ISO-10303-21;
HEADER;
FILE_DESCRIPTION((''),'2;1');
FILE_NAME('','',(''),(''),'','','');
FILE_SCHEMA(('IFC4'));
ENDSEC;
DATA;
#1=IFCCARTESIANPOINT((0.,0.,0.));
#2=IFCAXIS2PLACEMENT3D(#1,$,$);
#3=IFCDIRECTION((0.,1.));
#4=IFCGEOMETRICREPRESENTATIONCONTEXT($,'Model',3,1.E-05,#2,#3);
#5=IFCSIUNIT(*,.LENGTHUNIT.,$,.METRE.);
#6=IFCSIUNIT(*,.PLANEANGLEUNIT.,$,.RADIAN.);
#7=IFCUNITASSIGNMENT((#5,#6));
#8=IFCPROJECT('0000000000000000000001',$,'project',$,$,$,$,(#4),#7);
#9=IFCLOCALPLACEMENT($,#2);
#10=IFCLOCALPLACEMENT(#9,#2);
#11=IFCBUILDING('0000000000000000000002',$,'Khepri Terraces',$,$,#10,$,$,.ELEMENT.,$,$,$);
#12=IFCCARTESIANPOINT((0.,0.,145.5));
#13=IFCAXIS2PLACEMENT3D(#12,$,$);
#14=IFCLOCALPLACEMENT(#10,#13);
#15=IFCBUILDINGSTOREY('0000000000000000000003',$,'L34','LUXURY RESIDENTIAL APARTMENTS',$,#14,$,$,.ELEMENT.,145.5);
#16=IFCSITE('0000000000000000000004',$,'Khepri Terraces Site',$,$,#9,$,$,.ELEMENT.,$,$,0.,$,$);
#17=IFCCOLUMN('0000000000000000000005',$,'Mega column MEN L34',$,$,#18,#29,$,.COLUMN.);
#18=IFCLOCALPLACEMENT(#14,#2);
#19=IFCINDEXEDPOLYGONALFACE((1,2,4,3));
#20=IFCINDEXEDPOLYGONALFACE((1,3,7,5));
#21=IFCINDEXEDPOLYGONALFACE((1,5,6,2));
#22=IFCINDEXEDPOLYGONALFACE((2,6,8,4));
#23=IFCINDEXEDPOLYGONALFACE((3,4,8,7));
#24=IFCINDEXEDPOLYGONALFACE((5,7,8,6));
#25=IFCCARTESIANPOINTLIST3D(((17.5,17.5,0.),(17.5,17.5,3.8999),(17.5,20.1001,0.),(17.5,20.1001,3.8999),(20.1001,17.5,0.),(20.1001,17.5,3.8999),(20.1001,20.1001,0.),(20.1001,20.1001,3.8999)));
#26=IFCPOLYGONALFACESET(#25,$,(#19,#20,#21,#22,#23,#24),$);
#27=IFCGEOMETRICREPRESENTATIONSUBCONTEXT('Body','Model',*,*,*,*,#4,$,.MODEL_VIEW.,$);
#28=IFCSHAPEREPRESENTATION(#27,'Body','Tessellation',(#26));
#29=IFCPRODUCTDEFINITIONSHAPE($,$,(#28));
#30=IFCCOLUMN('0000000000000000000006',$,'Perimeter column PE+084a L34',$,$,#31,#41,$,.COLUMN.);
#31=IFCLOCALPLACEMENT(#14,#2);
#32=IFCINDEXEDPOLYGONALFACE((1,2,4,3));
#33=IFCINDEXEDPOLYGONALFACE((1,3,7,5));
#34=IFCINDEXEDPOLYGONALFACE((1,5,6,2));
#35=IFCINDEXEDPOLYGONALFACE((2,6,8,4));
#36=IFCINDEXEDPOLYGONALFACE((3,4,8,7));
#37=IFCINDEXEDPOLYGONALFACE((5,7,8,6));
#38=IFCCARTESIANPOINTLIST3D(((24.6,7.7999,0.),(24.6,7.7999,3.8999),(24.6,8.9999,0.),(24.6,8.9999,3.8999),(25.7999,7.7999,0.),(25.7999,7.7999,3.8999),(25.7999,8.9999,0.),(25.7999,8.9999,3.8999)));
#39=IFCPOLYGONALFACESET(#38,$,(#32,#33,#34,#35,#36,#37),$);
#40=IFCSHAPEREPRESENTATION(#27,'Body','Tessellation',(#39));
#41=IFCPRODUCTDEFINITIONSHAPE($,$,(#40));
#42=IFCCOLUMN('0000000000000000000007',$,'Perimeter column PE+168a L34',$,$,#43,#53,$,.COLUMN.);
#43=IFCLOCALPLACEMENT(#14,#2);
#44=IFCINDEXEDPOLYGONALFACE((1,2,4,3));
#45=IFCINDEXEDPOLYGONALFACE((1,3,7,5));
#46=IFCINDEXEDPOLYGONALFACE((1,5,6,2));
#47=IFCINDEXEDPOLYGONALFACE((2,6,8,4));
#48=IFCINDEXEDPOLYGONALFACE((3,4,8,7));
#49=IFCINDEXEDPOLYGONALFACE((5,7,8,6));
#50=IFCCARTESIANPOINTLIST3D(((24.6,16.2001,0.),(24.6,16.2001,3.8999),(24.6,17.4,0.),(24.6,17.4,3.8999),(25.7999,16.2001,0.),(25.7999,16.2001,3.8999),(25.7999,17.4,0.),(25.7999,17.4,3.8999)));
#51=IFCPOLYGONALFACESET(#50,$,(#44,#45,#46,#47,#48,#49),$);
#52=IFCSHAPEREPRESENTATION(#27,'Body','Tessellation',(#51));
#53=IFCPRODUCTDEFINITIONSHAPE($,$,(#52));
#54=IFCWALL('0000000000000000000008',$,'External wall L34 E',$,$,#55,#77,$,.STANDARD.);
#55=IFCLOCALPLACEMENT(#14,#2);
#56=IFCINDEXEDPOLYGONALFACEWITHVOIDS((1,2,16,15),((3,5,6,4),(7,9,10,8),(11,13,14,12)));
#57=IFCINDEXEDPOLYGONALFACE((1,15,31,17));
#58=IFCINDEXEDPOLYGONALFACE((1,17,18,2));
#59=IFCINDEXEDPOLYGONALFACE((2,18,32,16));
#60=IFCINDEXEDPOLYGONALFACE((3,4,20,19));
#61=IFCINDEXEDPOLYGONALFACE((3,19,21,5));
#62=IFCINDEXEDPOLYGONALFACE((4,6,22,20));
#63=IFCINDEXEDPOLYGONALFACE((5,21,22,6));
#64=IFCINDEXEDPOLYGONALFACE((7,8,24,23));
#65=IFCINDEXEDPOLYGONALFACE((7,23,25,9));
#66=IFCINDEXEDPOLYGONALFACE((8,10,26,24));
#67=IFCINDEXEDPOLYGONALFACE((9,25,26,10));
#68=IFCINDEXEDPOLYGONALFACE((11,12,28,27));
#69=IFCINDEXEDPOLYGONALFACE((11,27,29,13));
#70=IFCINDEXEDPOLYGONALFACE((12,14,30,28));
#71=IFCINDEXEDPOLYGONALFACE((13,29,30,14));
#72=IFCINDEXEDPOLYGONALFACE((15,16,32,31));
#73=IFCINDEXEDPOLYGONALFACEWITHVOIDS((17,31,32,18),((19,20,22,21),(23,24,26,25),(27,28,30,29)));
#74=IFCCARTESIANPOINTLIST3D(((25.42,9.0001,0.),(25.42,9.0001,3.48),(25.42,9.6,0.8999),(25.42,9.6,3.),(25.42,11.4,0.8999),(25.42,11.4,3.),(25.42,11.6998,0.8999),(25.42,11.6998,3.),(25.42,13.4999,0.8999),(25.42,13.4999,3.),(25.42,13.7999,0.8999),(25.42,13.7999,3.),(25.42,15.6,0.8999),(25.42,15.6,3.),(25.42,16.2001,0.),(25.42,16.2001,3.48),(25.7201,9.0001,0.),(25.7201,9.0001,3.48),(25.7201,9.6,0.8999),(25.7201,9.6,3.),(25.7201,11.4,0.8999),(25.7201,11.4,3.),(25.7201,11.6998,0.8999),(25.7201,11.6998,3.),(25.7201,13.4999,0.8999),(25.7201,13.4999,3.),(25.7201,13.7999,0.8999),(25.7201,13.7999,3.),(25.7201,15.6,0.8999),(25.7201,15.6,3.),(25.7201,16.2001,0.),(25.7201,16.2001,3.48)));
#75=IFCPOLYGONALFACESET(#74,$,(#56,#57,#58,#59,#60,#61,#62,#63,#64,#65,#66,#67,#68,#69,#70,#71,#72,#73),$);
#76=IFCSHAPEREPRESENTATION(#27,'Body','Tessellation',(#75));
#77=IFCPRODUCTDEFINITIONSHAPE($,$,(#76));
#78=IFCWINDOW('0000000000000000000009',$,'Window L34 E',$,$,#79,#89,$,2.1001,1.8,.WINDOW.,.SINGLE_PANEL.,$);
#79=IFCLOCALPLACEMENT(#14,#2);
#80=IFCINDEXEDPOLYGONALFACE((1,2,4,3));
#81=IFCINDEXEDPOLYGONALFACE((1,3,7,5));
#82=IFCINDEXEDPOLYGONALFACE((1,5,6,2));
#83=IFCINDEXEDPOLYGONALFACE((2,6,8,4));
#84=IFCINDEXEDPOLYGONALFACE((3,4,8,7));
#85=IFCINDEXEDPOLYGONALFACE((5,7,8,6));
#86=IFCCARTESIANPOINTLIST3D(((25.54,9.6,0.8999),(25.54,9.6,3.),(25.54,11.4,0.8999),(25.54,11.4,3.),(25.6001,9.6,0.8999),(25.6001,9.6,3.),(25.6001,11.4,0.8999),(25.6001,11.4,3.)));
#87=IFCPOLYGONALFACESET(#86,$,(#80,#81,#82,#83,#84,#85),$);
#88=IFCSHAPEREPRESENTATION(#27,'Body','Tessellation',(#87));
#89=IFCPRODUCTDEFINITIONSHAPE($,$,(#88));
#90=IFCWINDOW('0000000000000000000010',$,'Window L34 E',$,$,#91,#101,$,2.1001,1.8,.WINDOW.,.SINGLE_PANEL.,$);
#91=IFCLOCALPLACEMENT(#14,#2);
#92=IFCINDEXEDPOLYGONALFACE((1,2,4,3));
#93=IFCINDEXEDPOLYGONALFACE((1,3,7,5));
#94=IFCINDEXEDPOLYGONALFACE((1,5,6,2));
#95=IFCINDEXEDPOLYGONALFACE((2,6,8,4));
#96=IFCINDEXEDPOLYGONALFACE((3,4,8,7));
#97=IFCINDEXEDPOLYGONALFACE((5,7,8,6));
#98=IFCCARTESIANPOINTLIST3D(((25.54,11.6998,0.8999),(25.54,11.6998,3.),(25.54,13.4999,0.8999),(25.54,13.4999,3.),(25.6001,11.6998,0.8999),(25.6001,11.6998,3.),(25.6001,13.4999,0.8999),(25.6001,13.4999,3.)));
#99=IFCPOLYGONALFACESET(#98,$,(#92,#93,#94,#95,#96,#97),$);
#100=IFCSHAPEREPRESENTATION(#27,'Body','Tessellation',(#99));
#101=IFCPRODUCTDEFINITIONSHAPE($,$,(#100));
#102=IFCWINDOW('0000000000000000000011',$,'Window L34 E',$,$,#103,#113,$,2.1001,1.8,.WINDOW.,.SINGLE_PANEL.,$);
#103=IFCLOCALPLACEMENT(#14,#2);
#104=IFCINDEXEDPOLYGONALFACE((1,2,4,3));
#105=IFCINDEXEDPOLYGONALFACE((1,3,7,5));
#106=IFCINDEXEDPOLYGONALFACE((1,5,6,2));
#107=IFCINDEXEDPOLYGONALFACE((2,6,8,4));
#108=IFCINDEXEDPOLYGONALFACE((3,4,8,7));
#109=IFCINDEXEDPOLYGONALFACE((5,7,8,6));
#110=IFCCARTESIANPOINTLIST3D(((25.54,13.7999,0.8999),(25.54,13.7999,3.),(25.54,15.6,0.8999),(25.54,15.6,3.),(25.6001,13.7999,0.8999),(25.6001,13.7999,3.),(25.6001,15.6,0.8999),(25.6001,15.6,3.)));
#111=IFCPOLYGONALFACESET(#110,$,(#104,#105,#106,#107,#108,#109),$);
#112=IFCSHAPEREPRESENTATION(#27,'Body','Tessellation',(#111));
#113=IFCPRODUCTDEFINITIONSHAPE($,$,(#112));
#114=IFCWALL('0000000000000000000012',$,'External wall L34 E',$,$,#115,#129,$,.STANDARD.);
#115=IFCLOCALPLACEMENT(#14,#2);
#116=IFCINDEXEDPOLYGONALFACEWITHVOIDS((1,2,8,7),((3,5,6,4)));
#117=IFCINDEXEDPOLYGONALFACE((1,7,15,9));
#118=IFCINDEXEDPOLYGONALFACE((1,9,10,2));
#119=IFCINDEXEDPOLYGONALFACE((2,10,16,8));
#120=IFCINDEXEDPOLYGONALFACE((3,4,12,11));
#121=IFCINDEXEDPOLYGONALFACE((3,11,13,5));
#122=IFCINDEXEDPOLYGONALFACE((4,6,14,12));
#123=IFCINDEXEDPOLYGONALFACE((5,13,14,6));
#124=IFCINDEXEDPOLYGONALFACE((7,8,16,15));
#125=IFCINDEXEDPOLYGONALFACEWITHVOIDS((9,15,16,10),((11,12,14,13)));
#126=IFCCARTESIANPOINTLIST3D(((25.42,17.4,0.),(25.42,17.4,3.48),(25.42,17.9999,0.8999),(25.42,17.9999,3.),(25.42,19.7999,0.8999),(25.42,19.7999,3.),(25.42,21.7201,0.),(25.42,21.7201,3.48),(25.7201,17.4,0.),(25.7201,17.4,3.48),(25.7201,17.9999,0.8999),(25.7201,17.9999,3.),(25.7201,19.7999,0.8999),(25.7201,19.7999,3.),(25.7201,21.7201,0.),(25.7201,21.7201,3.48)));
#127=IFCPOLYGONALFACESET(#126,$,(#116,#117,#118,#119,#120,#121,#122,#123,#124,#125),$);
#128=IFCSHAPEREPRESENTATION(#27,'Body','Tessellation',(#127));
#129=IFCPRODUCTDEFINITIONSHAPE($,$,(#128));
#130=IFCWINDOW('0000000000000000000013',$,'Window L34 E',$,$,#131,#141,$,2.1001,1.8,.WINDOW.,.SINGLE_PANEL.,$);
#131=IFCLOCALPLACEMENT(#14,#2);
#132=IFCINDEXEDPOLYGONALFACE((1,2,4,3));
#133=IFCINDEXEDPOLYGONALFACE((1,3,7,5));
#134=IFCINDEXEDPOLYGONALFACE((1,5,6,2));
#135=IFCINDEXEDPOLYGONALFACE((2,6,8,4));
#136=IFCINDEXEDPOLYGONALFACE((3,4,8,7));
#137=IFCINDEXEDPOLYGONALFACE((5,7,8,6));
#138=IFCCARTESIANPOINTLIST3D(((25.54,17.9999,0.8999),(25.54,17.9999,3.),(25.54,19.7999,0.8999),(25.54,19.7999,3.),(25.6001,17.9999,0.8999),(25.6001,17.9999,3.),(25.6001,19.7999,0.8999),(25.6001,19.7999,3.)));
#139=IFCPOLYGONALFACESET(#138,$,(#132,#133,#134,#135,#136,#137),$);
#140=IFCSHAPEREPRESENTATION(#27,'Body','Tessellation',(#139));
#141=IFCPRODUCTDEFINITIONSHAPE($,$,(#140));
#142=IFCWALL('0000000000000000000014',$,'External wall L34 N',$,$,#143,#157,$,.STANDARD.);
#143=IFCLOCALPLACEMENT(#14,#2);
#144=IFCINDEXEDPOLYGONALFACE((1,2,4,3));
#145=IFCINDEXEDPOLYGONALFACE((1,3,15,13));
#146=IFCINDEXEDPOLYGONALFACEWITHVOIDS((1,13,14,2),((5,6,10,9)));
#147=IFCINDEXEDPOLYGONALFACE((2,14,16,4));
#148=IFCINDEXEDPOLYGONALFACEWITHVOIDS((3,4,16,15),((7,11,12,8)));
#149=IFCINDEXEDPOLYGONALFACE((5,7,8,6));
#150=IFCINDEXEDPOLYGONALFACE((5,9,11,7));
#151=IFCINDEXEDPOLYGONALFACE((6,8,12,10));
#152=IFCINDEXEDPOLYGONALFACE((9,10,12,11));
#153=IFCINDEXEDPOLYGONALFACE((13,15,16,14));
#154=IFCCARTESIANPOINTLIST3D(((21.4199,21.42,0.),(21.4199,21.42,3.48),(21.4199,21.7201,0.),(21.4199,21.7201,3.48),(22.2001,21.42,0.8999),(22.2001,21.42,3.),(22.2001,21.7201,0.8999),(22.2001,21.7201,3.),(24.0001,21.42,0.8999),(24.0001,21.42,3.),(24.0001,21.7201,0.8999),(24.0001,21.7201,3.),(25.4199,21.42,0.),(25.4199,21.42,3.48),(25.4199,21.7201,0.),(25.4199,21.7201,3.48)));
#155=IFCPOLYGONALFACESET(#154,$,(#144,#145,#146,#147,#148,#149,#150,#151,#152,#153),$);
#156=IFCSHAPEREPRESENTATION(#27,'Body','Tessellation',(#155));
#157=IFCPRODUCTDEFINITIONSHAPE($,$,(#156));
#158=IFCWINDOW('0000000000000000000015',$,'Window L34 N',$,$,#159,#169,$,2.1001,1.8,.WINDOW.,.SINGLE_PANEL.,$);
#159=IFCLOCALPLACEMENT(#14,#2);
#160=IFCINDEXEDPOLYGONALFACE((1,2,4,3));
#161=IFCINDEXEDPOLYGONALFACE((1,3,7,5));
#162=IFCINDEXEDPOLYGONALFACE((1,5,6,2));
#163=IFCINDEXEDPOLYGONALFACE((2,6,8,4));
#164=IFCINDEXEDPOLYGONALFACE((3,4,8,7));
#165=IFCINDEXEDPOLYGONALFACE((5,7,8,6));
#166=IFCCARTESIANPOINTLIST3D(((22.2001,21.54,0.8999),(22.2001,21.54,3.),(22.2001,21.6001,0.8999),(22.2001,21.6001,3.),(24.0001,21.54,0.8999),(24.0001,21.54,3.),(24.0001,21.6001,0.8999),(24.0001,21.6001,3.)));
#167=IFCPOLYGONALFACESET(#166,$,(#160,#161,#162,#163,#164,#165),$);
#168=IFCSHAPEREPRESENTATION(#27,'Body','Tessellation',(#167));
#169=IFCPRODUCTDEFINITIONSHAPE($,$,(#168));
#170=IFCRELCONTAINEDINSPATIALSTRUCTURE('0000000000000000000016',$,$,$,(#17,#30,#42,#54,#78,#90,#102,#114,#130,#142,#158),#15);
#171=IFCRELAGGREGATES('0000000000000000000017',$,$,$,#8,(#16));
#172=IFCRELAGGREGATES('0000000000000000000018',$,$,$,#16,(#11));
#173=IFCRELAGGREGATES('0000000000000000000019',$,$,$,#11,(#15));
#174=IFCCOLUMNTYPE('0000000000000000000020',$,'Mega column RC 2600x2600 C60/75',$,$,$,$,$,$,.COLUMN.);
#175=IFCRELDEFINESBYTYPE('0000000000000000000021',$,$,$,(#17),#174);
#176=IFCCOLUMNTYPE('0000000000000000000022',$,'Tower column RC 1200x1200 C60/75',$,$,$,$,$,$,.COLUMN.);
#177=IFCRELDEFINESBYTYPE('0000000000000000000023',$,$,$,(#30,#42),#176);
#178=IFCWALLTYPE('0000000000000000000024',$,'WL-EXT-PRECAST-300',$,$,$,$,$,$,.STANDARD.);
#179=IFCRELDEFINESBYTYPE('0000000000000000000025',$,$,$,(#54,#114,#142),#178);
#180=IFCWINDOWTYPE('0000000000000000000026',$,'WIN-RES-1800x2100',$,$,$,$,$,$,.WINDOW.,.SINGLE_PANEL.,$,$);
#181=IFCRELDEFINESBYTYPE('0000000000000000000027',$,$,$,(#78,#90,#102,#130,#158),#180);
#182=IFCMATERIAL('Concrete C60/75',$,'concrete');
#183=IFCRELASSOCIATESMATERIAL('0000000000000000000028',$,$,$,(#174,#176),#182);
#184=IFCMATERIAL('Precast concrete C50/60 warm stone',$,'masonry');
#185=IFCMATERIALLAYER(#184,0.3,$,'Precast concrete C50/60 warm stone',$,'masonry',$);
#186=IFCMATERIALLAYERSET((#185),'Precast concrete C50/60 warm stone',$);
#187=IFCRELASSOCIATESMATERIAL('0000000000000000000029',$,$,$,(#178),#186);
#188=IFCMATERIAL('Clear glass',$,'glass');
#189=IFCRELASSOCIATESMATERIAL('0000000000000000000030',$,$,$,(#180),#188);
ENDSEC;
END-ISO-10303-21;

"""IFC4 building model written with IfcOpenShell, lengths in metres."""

from ifc_helpers import new_model, si_unit, direction, frame, frame_2d, origin, origin_2d, place, context, subcontext, project, spatial, rectangle, extrude, material, layer, layer_set, material_profile, profile_set, type_object, element, fill, save


model = new_model("IFC4")

# Units and contexts
model_context = context("Model", 3, precision=1e-05, world=origin(), true_north=direction((0.0, 1.0)))
body_context = subcontext(model_context, "Body", "Model", "MODEL_VIEW")
ifc_project = project(units=[si_unit("LENGTHUNIT", "METRE"), si_unit("PLANEANGLEUNIT", "RADIAN")], contexts=[model_context])

# Site, building, storey
site_placement = place(None, origin())
site = spatial("IfcSite", under=ifc_project, at=site_placement, Name="Khepri Terraces Site", CompositionType="ELEMENT", RefElevation=0.0)
building_placement = place(site_placement, origin())
building = spatial("IfcBuilding", under=site, at=building_placement, Name="Khepri Terraces", CompositionType="ELEMENT")
storey_placement = place(building_placement, frame((0.0, 0.0, 145.5)))
storey = spatial("IfcBuildingStorey", under=building, at=storey_placement, Name="L34", Description="LUXURY RESIDENTIAL APARTMENTS", CompositionType="ELEMENT", Elevation=145.5)

# Columns
ifc_material_1 = material(Name="Concrete C60/75", Category="concrete")
ifc_material_profile_1 = material_profile(ifc_material_1, rectangle(XDim=2.6001, YDim=2.6001, at=origin_2d()), Name="Concrete C60/75", Category="concrete")
ifc_profile_set_1 = profile_set([ifc_material_profile_1], Name="Concrete C60/75")
column_type_1 = type_object("IfcColumnType", Name="Mega column RC 2600x2600 C60/75", PredefinedType="COLUMN", material=ifc_profile_set_1)
column_placement = place(storey_placement, frame((18.8, 18.8, 0.0), z_axis=(0.0, 0.0, 1.0), x_axis=(1.0, 0.0, 0.0)))
element("IfcColumn", 1, at=column_placement, inside=storey, type_object=column_type_1, Name="Mega column MEN L34", PredefinedType="COLUMN", context=body_context, shape_type="SweptSolid", body=[
    extrude(rectangle(XDim=2.6001, YDim=2.6001, at=origin_2d()), origin(), (0.0, 0.0, 1.0), 3.8999),
])
ifc_material_profile_2 = material_profile(ifc_material_1, rectangle(XDim=1.2, YDim=1.2, at=origin_2d()), Name="Concrete C60/75", Category="concrete")
ifc_profile_set_2 = profile_set([ifc_material_profile_2], Name="Concrete C60/75")
column_type_2 = type_object("IfcColumnType", Name="Tower column RC 1200x1200 C60/75", PredefinedType="COLUMN", material=ifc_profile_set_2)
for number, where, z_axis, x_axis, name in (
    (2, (25.2, 8.3999, 0.0), (0.0, 0.0, 1.0), (1.0, 0.0, 0.0), "Perimeter column PE+084a L34"),
    (3, (25.2, 16.8, 0.0), (0.0, 0.0, 1.0), (1.0, 0.0, 0.0), "Perimeter column PE+168a L34"),
):
    element("IfcColumn", number, at=place(storey_placement, frame(where, z_axis=z_axis, x_axis=x_axis)), inside=storey, type_object=column_type_2, Name=name, PredefinedType="COLUMN", context=body_context, shape_type="SweptSolid", body=[
        extrude(rectangle(XDim=1.2, YDim=1.2, at=origin_2d()), origin(), (0.0, 0.0, 1.0), 3.8999),
    ])

# Wall, openings, windows
ifc_material_2 = material(Name="Precast concrete C50/60 warm stone", Category="masonry")
ifc_layer_1 = layer(ifc_material_2, 0.3, Name="Precast concrete C50/60 warm stone", Category="masonry")
ifc_layer_set_1 = layer_set([ifc_layer_1], Name="Precast concrete C50/60 warm stone")
wall_type_1 = type_object("IfcWallType", Name="WL-EXT-PRECAST-300", PredefinedType="STANDARD", material=ifc_layer_set_1)
wall_1_placement = place(storey_placement, frame((25.5701, 9.0, 0.0), z_axis=(0.0, 0.0, 1.0), x_axis=(0.0, 1.0, 0.0)))
wall_1 = element("IfcWall", 4, at=wall_1_placement, inside=storey, type_object=wall_type_1, Name="External wall L34 E", PredefinedType="STANDARD", context=body_context, shape_type="SweptSolid", body=[
    extrude(rectangle(XDim=7.2, YDim=0.3, at=frame_2d((3.6001, 0.0))), origin(), (0.0, 0.0, 1.0), 3.48),
])
opening_1_placement = place(wall_1_placement, frame((0.6001, 0.0, 0.8999)))
opening_1 = element("IfcOpeningElement", 5, at=opening_1_placement, cuts=wall_1, PredefinedType="OPENING", context=body_context, shape_type="SweptSolid", body=[
    extrude(rectangle(XDim=1.8, YDim=2.1001, at=frame_2d((0.8999, 1.05))), frame((0.0, 0.1602, 0.0), z_axis=(0.0, -1.0, 0.0), x_axis=(1.0, 0.0, 0.0)), (0.0, 0.0, 1.0), 0.3201),
])
opening_2_placement = place(wall_1_placement, frame((2.7, 0.0, 0.8999)))
opening_2 = element("IfcOpeningElement", 6, at=opening_2_placement, cuts=wall_1, PredefinedType="OPENING", context=body_context, shape_type="SweptSolid", body=[
    extrude(rectangle(XDim=1.8, YDim=2.1001, at=frame_2d((0.8999, 1.05))), frame((0.0, 0.1602, 0.0), z_axis=(0.0, -1.0, 0.0), x_axis=(1.0, 0.0, 0.0)), (0.0, 0.0, 1.0), 0.3201),
])
opening_3_placement = place(wall_1_placement, frame((4.8, 0.0, 0.8999)))
opening_3 = element("IfcOpeningElement", 7, at=opening_3_placement, cuts=wall_1, PredefinedType="OPENING", context=body_context, shape_type="SweptSolid", body=[
    extrude(rectangle(XDim=1.8, YDim=2.1001, at=frame_2d((0.8999, 1.05))), frame((0.0, 0.1602, 0.0), z_axis=(0.0, -1.0, 0.0), x_axis=(1.0, 0.0, 0.0)), (0.0, 0.0, 1.0), 0.3201),
])
ifc_material_3 = material(Name="Clear glass", Category="glass")
window_type = type_object("IfcWindowType", Name="WIN-RES-1800x2100", PartitioningType="SINGLE_PANEL", PredefinedType="WINDOW", material=ifc_material_3)
window_1_placement = place(opening_1_placement, origin())
window_1 = element("IfcWindow", 8, at=window_1_placement, inside=storey, type_object=window_type, Name="Window L34 E", OverallHeight=2.1001, OverallWidth=1.8, PartitioningType="SINGLE_PANEL", PredefinedType="WINDOW", context=body_context, shape_type="SweptSolid", body=[
    extrude(rectangle(XDim=1.8, YDim=2.1001, at=frame_2d((0.8999, 1.05))), frame((0.0, 0.03, 0.0), z_axis=(0.0, -1.0, 0.0), x_axis=(1.0, 0.0, 0.0)), (0.0, 0.0, 1.0), 0.0601),
])
fill(opening_1, window_1)
window_2_placement = place(opening_2_placement, origin())
window_2 = element("IfcWindow", 9, at=window_2_placement, inside=storey, type_object=window_type, Name="Window L34 E", OverallHeight=2.1001, OverallWidth=1.8, PartitioningType="SINGLE_PANEL", PredefinedType="WINDOW", context=body_context, shape_type="SweptSolid", body=[
    extrude(rectangle(XDim=1.8, YDim=2.1001, at=frame_2d((0.8999, 1.05))), frame((0.0, 0.03, 0.0), z_axis=(0.0, -1.0, 0.0), x_axis=(1.0, 0.0, 0.0)), (0.0, 0.0, 1.0), 0.0601),
])
fill(opening_2, window_2)
window_3_placement = place(opening_3_placement, origin())
window_3 = element("IfcWindow", 10, at=window_3_placement, inside=storey, type_object=window_type, Name="Window L34 E", OverallHeight=2.1001, OverallWidth=1.8, PartitioningType="SINGLE_PANEL", PredefinedType="WINDOW", context=body_context, shape_type="SweptSolid", body=[
    extrude(rectangle(XDim=1.8, YDim=2.1001, at=frame_2d((0.8999, 1.05))), frame((0.0, 0.03, 0.0), z_axis=(0.0, -1.0, 0.0), x_axis=(1.0, 0.0, 0.0)), (0.0, 0.0, 1.0), 0.0601),
])
fill(opening_3, window_3)

# Walls, openings, windows
wall_2_placement = place(storey_placement, frame((25.5701, 17.3999, 0.0), z_axis=(0.0, 0.0, 1.0), x_axis=(0.0, 1.0, 0.0)))
wall_2 = element("IfcWall", 11, at=wall_2_placement, inside=storey, type_object=wall_type_1, Name="External wall L34 E", PredefinedType="STANDARD", context=body_context, shape_type="SweptSolid", body=[
    extrude(rectangle(XDim=4.3201, YDim=0.3, at=frame_2d((2.1602, 0.0))), origin(), (0.0, 0.0, 1.0), 3.48),
])
opening_4_placement = place(wall_2_placement, frame((0.6001, 0.0, 0.8999)))
opening_4 = element("IfcOpeningElement", 12, at=opening_4_placement, cuts=wall_2, PredefinedType="OPENING", context=body_context, shape_type="SweptSolid", body=[
    extrude(rectangle(XDim=1.8, YDim=2.1001, at=frame_2d((0.8999, 1.05))), frame((0.0, 0.1602, 0.0), z_axis=(0.0, -1.0, 0.0), x_axis=(1.0, 0.0, 0.0)), (0.0, 0.0, 1.0), 0.3201),
])
window_4_placement = place(opening_4_placement, origin())
window_4 = element("IfcWindow", 13, at=window_4_placement, inside=storey, type_object=window_type, Name="Window L34 E", OverallHeight=2.1001, OverallWidth=1.8, PartitioningType="SINGLE_PANEL", PredefinedType="WINDOW", context=body_context, shape_type="SweptSolid", body=[
    extrude(rectangle(XDim=1.8, YDim=2.1001, at=frame_2d((0.8999, 1.05))), frame((0.0, 0.03, 0.0), z_axis=(0.0, -1.0, 0.0), x_axis=(1.0, 0.0, 0.0)), (0.0, 0.0, 1.0), 0.0601),
])
fill(opening_4, window_4)
wall_3_placement = place(storey_placement, frame((25.4199, 21.5701, 0.0), z_axis=(0.0, 0.0, 1.0), x_axis=(-1.0, 0.0, 0.0)))
wall_3 = element("IfcWall", 14, at=wall_3_placement, inside=storey, type_object=wall_type_1, Name="External wall L34 N", PredefinedType="STANDARD", context=body_context, shape_type="SweptSolid", body=[
    extrude(rectangle(XDim=4.0, YDim=0.3, at=frame_2d((2.0, 0.0))), origin(), (0.0, 0.0, 1.0), 3.48),
])
opening_5_placement = place(wall_3_placement, frame((1.4199, 0.0, 0.8999)))
opening_5 = element("IfcOpeningElement", 15, at=opening_5_placement, cuts=wall_3, PredefinedType="OPENING", context=body_context, shape_type="SweptSolid", body=[
    extrude(rectangle(XDim=1.8, YDim=2.1001, at=frame_2d((0.8999, 1.05))), frame((0.0, 0.1602, 0.0), z_axis=(0.0, -1.0, 0.0), x_axis=(1.0, 0.0, 0.0)), (0.0, 0.0, 1.0), 0.3201),
])
window_5_placement = place(opening_5_placement, origin())
window_5 = element("IfcWindow", 16, at=window_5_placement, inside=storey, type_object=window_type, Name="Window L34 N", OverallHeight=2.1001, OverallWidth=1.8, PartitioningType="SINGLE_PANEL", PredefinedType="WINDOW", context=body_context, shape_type="SweptSolid", body=[
    extrude(rectangle(XDim=1.8, YDim=2.1001, at=frame_2d((0.8999, 1.05))), frame((0.0, 0.03, 0.0), z_axis=(0.0, -1.0, 0.0), x_axis=(1.0, 0.0, 0.0)), (0.0, 0.0, 1.0), 0.0601),
])
fill(opening_5, window_5)

save(model, "model.ifc")
